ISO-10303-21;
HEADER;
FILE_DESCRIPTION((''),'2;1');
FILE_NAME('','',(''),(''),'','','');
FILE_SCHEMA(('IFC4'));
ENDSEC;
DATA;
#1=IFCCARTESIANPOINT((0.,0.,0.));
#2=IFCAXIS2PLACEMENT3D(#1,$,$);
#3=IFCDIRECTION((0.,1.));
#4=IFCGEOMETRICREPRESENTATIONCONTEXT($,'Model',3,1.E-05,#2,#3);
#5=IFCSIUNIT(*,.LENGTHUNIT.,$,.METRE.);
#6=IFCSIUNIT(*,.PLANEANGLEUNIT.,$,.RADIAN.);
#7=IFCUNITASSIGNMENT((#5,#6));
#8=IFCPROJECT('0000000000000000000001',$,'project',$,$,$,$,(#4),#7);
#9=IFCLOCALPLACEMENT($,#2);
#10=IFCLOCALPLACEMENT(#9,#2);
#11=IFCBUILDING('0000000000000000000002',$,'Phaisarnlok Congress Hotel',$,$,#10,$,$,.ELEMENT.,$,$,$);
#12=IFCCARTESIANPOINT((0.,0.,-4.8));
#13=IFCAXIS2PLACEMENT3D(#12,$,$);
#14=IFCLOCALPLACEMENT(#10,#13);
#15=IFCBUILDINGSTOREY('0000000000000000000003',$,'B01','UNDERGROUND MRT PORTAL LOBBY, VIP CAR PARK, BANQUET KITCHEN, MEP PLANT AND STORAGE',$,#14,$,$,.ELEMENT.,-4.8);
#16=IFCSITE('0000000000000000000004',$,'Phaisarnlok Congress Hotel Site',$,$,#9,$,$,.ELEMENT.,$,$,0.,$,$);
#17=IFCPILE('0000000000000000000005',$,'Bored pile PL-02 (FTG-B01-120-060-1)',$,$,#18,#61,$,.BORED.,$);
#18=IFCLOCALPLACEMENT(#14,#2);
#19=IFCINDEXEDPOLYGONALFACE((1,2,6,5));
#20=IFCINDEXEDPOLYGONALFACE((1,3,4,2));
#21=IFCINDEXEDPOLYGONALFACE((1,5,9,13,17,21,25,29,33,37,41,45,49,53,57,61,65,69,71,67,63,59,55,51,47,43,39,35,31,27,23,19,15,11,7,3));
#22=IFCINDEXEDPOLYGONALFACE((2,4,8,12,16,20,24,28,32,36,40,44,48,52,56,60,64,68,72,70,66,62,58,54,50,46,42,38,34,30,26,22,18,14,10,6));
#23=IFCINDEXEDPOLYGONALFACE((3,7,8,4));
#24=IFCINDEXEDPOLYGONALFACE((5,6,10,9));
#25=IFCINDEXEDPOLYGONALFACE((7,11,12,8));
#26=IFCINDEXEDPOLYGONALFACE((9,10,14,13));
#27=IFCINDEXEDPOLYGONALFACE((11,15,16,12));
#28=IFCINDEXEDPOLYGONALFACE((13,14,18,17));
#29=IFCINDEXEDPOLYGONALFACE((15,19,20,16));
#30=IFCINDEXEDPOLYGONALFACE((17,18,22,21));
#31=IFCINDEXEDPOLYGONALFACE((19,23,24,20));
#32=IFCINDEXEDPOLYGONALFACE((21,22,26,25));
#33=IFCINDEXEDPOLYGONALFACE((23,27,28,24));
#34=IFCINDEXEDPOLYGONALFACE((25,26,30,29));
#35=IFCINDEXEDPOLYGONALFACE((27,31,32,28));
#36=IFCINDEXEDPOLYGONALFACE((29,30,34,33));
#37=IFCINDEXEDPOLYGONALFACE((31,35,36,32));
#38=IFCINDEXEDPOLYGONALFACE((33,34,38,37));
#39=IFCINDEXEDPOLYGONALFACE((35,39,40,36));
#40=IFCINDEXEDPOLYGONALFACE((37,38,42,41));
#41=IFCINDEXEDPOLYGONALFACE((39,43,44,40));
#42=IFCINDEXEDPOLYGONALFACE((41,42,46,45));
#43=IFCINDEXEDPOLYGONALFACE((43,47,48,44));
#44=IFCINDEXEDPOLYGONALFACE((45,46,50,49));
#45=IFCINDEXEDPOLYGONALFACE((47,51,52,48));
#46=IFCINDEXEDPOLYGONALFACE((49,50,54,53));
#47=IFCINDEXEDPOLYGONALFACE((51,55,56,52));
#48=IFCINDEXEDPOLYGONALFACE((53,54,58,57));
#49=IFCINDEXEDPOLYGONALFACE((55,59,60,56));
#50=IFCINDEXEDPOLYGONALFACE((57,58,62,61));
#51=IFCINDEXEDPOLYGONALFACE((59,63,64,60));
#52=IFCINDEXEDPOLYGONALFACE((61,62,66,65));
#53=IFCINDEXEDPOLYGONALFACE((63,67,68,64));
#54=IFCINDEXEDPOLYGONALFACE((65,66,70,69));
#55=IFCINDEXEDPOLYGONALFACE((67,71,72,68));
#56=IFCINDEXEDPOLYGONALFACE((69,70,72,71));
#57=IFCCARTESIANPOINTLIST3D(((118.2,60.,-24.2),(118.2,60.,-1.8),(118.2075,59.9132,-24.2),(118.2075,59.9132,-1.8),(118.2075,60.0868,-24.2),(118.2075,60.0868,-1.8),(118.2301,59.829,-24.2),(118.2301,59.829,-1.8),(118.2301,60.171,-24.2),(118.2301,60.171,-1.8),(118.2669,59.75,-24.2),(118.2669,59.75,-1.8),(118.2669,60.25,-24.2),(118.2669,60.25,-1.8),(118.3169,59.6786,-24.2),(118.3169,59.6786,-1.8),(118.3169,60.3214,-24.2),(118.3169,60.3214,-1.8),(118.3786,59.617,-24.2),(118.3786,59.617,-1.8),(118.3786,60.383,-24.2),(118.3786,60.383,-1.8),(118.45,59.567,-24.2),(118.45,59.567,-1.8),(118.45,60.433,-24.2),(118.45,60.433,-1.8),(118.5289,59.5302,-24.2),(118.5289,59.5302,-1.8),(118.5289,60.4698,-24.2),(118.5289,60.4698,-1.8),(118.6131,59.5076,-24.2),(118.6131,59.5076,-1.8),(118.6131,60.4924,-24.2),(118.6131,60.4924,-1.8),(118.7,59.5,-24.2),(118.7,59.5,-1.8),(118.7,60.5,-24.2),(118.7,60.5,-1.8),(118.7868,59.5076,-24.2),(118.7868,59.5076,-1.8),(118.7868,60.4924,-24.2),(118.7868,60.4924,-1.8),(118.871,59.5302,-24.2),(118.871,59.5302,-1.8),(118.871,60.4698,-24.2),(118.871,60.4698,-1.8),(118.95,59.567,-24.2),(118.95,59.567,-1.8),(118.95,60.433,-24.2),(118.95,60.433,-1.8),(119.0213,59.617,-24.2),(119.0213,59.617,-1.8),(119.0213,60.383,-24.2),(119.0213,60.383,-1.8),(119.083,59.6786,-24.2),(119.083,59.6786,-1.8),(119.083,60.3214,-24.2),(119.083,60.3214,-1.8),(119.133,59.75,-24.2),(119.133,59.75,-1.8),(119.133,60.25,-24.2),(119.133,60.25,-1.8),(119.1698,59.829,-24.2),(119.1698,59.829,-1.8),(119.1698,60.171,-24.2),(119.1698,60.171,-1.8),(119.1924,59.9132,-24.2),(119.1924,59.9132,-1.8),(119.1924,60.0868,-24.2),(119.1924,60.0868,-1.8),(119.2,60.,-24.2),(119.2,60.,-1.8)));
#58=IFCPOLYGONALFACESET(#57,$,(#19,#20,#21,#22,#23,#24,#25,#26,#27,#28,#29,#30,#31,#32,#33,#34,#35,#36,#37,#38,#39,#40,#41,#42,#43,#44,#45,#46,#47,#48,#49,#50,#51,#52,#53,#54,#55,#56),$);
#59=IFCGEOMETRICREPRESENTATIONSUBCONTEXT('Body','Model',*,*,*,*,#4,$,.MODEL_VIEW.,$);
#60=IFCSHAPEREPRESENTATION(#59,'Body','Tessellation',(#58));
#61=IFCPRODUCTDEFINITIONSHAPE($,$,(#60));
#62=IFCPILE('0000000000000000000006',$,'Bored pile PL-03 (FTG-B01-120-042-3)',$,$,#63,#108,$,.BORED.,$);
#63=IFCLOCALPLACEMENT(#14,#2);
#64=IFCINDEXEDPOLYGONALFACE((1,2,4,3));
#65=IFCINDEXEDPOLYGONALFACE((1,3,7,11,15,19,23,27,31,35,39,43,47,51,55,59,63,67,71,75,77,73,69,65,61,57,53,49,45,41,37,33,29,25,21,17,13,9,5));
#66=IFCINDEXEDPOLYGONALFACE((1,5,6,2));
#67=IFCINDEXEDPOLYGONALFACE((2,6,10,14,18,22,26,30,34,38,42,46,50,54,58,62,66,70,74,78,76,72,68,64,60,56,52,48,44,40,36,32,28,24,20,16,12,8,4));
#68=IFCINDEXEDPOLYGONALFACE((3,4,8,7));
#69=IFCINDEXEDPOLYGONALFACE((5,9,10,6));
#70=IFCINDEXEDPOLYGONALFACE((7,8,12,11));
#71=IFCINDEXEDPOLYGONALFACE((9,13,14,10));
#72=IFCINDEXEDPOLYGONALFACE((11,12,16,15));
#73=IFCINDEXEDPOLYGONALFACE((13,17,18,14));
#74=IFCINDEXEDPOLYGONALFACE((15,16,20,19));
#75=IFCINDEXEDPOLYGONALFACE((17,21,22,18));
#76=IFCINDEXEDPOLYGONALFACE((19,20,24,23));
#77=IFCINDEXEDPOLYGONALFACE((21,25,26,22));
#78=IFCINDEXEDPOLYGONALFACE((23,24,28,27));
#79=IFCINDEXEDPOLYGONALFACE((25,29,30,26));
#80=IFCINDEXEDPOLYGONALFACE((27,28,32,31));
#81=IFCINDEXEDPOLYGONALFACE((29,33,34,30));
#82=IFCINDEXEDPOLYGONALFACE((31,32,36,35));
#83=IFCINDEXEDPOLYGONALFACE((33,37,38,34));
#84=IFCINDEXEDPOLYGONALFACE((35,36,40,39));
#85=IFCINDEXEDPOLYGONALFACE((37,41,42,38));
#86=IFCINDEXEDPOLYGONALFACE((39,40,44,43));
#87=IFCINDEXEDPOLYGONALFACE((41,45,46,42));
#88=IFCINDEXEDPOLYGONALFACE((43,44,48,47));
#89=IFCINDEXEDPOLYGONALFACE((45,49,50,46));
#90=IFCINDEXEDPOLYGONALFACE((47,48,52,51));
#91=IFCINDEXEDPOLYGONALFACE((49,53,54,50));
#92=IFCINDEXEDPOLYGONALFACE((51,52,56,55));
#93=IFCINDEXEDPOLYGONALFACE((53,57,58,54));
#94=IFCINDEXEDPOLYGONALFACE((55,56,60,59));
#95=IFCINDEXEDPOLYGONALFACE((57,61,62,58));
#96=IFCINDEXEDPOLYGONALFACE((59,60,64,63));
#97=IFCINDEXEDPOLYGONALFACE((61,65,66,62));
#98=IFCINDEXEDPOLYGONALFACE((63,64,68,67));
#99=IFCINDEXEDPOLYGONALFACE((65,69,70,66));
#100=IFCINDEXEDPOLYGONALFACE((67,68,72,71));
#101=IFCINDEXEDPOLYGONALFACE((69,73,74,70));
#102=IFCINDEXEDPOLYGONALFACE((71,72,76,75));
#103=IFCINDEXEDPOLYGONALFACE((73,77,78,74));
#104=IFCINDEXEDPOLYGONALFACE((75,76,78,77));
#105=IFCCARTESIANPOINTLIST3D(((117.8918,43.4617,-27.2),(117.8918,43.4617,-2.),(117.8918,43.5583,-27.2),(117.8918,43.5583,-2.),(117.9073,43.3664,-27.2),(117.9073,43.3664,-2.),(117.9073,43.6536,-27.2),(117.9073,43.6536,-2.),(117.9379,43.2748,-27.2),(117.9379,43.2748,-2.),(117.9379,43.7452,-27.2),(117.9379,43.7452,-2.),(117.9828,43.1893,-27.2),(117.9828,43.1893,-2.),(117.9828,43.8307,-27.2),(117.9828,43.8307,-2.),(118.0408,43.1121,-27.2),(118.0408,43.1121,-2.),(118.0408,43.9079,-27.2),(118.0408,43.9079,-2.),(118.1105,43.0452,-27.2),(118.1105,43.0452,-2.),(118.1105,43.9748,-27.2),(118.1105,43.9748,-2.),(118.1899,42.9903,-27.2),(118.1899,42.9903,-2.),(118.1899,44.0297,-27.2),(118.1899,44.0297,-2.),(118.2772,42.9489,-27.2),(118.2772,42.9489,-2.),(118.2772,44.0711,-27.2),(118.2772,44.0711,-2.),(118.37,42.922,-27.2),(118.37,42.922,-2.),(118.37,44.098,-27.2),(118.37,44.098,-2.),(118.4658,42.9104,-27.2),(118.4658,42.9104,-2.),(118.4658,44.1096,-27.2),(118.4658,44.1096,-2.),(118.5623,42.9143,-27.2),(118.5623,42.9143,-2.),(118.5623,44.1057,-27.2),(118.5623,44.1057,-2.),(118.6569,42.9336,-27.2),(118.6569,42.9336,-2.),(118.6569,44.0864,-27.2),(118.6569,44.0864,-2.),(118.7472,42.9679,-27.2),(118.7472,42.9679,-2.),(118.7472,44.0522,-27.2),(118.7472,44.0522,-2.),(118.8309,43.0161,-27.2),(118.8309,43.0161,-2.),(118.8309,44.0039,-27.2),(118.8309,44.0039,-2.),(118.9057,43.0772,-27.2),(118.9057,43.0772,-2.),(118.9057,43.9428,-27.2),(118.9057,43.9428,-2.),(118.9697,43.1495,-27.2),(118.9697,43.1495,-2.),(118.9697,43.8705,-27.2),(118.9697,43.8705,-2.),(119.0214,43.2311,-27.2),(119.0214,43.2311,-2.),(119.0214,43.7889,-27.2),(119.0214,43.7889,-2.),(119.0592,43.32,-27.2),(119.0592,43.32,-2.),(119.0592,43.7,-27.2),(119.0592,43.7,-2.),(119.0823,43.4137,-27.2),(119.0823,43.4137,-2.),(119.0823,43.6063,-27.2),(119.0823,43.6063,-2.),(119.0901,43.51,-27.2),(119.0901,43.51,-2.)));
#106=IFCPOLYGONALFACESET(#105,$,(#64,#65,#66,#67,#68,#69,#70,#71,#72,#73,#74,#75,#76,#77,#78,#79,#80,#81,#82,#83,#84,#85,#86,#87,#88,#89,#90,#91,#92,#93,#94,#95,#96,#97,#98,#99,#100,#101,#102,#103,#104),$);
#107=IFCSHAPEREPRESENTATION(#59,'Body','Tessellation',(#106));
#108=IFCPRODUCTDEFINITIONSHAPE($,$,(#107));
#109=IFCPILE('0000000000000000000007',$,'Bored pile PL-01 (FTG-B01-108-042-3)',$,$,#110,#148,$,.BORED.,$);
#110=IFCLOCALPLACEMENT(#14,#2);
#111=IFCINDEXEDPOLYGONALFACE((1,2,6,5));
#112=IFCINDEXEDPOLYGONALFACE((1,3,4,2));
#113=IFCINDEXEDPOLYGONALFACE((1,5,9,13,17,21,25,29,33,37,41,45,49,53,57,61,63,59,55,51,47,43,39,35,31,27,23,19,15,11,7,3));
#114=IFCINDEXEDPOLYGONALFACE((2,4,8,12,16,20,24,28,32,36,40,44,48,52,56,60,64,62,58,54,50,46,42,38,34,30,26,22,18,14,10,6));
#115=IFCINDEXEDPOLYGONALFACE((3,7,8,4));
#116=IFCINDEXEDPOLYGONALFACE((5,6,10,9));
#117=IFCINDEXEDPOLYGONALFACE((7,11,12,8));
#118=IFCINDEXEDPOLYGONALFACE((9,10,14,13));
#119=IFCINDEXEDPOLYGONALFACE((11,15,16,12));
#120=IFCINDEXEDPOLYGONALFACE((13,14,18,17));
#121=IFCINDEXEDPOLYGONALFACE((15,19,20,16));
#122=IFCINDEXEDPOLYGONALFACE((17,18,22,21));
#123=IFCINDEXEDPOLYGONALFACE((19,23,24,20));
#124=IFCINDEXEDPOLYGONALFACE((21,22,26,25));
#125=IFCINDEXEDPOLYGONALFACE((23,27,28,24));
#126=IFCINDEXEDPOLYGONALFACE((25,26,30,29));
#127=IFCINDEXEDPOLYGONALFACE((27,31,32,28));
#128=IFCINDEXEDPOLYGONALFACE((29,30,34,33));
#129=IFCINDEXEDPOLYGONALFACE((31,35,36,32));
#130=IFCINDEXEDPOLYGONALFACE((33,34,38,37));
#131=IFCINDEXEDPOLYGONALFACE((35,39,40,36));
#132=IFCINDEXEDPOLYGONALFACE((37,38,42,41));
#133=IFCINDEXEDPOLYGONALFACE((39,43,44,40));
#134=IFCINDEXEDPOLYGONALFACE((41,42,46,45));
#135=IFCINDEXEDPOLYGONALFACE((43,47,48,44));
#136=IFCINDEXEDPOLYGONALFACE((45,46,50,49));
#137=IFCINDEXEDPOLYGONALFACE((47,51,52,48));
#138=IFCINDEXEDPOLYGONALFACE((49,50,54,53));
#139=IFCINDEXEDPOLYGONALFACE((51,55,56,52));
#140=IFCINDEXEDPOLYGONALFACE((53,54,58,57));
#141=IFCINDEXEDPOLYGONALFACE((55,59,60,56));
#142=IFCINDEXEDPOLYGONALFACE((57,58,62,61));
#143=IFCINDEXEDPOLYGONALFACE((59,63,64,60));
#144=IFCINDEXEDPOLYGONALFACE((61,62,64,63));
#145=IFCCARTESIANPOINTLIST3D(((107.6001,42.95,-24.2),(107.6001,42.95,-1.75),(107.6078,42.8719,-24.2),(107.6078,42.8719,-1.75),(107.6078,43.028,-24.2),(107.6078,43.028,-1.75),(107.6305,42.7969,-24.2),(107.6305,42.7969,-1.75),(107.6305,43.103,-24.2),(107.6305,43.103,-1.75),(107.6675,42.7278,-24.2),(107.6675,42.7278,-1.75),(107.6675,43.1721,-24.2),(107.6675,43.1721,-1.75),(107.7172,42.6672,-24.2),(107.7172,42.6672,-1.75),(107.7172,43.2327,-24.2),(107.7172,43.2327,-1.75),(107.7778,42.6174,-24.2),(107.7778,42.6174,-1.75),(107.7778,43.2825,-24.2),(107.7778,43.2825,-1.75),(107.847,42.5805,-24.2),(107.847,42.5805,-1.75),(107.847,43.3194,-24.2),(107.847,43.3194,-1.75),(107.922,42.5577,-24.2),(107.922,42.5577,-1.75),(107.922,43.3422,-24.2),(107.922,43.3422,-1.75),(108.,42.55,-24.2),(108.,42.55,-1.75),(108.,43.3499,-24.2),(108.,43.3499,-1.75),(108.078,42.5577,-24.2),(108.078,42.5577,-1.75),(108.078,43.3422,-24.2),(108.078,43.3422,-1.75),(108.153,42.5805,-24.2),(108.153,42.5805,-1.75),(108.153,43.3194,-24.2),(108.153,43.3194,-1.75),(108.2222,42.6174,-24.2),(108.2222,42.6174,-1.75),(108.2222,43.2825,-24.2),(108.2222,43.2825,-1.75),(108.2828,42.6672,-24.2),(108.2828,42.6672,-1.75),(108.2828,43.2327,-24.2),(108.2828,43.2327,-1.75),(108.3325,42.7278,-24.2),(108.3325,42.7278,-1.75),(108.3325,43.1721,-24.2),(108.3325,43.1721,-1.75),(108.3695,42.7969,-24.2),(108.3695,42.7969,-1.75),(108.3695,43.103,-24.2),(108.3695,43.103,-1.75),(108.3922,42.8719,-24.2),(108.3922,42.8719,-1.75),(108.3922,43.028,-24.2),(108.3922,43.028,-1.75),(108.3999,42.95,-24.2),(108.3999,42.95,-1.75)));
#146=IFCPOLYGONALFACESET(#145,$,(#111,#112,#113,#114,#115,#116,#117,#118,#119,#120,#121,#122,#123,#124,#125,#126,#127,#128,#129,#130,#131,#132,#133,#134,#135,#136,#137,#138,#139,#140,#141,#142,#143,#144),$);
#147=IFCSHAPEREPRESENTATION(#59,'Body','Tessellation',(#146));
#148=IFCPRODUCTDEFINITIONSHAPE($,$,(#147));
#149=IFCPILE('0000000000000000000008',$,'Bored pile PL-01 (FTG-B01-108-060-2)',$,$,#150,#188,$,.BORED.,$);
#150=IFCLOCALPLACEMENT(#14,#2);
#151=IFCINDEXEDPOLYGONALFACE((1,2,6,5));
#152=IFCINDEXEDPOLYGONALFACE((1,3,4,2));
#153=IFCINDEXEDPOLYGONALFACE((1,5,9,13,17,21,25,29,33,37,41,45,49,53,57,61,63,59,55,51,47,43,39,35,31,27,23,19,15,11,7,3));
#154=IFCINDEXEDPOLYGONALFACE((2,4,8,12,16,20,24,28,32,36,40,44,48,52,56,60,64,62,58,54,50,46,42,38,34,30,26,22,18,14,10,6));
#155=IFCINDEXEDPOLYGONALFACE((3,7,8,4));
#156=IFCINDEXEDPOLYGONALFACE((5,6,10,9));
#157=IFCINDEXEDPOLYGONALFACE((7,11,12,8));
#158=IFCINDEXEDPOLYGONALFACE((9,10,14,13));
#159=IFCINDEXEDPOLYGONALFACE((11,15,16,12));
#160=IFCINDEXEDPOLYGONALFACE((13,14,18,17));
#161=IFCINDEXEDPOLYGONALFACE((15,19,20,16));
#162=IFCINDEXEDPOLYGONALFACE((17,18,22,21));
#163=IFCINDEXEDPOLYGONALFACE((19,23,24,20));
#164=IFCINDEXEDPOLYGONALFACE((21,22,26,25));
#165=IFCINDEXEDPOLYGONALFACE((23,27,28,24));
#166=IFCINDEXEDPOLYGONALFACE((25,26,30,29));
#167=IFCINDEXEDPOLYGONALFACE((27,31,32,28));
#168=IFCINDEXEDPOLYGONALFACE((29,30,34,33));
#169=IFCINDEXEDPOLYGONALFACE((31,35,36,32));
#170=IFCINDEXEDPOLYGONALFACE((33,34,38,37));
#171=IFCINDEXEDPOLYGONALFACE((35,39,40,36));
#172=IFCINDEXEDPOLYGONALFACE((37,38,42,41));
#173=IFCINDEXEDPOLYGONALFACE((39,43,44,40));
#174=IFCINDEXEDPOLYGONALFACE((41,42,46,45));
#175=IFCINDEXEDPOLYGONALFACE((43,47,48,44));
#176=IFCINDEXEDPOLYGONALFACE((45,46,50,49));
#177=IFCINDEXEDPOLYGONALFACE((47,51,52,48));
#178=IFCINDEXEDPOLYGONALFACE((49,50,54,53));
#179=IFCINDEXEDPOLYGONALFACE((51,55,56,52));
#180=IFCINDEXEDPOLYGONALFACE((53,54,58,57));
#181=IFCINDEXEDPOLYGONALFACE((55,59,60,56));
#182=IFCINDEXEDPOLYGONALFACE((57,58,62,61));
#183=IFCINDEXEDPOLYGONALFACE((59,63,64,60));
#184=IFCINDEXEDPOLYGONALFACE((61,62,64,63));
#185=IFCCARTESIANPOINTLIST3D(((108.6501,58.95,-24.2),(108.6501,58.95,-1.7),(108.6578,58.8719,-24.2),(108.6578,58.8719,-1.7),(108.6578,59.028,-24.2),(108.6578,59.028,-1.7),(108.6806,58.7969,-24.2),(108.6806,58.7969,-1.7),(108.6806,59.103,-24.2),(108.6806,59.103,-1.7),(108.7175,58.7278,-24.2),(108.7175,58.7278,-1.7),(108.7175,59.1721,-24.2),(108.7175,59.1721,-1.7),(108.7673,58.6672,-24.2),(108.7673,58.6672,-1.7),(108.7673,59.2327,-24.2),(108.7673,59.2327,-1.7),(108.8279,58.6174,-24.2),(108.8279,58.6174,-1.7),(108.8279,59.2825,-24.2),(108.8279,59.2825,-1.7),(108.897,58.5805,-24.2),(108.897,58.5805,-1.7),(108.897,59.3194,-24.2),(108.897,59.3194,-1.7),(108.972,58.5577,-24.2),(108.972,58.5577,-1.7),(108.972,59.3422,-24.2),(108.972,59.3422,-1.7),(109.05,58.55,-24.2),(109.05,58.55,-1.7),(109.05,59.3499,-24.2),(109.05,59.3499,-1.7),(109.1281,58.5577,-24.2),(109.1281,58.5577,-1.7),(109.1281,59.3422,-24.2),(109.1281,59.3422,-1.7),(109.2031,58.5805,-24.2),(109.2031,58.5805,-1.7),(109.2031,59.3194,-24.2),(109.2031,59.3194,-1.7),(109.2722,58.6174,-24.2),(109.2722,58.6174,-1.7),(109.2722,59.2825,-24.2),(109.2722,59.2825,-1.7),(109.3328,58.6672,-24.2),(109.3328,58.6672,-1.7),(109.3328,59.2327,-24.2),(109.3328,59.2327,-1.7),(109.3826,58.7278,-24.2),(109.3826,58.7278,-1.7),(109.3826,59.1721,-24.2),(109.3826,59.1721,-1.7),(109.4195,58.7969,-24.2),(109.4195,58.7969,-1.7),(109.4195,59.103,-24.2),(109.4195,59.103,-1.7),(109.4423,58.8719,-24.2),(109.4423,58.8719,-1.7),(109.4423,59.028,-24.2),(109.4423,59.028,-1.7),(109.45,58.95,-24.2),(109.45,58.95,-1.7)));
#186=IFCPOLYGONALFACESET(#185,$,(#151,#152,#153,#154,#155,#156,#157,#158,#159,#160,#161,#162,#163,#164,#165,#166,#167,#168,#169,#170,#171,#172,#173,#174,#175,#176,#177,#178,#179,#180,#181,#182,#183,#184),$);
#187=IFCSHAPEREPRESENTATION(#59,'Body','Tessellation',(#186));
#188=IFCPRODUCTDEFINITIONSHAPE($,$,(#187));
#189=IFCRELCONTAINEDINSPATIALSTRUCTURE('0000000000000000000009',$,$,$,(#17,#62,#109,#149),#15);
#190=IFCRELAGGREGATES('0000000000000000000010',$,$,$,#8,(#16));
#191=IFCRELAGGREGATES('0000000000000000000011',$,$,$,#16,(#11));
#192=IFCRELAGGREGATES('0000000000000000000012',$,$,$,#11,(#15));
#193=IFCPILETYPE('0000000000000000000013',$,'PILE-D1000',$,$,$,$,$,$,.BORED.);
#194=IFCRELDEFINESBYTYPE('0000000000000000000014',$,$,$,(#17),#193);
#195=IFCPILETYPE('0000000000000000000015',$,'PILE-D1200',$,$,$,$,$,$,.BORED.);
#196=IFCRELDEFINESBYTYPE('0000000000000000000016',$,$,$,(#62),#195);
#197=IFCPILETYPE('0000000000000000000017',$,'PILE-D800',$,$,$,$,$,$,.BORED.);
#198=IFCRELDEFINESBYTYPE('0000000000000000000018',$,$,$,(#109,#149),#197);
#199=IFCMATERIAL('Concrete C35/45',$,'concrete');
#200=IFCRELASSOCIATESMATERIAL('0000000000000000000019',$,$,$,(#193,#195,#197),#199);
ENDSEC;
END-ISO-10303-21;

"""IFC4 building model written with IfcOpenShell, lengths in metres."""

from ifc_helpers import new_model, si_unit, direction, frame, origin, origin_2d, place, context, subcontext, project, spatial, circle, extrude, material, material_profile, profile_set, type_object, element, save


model = new_model("IFC4")

# Units and contexts
model_context = context("Model", 3, precision=1e-05, world=origin(), true_north=direction((0.0, 1.0)))
body_context = subcontext(model_context, "Body", "Model", "MODEL_VIEW")
ifc_project = project(units=[si_unit("LENGTHUNIT", "METRE"), si_unit("PLANEANGLEUNIT", "RADIAN")], contexts=[model_context])

# Site, building, storey
site_placement = place(None, origin())
site = spatial("IfcSite", under=ifc_project, at=site_placement, Name="Phaisarnlok Congress Hotel Site", CompositionType="ELEMENT", RefElevation=0.0)
building_placement = place(site_placement, origin())
building = spatial("IfcBuilding", under=site, at=building_placement, Name="Phaisarnlok Congress Hotel", CompositionType="ELEMENT")
storey_placement = place(building_placement, frame((0.0, 0.0, -4.8)))
storey = spatial("IfcBuildingStorey", under=building, at=storey_placement, Name="B01", Description="UNDERGROUND MRT PORTAL LOBBY, VIP CAR PARK, BANQUET KITCHEN, MEP PLANT AND STORAGE", CompositionType="ELEMENT", Elevation=-4.8)

# Piles
ifc_material_1 = material(Name="Concrete C35/45", Category="concrete")
ifc_material_profile_1 = material_profile(ifc_material_1, circle(Radius=0.5, at=origin_2d()), Name="BORED PILE D1000")
ifc_profile_set_1 = profile_set([ifc_material_profile_1], Name="Concrete C35/45")
pile_type_1 = type_object("IfcPileType", Name="PILE-D1000", PredefinedType="BORED", material=ifc_profile_set_1)
pile_1_placement = place(storey_placement, frame((118.7, 60.0, -1.8), z_axis=(0.0, 0.0, -1.0), x_axis=(1.0, 0.0, 0.0)))
element("IfcPile", 1, at=pile_1_placement, inside=storey, type_object=pile_type_1, Name="Bored pile PL-02 (FTG-B01-120-060-1)", PredefinedType="BORED", context=body_context, shape_type="SweptSolid", body=[
    extrude(circle(Radius=0.5, at=origin_2d()), origin(), (0.0, 0.0, 1.0), 22.3999),
])
ifc_material_profile_2 = material_profile(ifc_material_1, circle(Radius=0.6001, at=origin_2d()), Name="BORED PILE D1200")
ifc_profile_set_2 = profile_set([ifc_material_profile_2], Name="Concrete C35/45")
pile_type_2 = type_object("IfcPileType", Name="PILE-D1200", PredefinedType="BORED", material=ifc_profile_set_2)
pile_2_placement = place(storey_placement, frame((118.49, 43.51, -2.0), z_axis=(0.0, 0.0, -1.0), x_axis=(1.0, 0.0, 0.0)))
element("IfcPile", 2, at=pile_2_placement, inside=storey, type_object=pile_type_2, Name="Bored pile PL-03 (FTG-B01-120-042-3)", PredefinedType="BORED", context=body_context, shape_type="SweptSolid", body=[
    extrude(circle(Radius=0.6001, at=origin_2d()), origin(), (0.0, 0.0, 1.0), 25.2),
])
ifc_material_profile_3 = material_profile(ifc_material_1, circle(Radius=0.3999, at=origin_2d()), Name="BORED PILE D800")
ifc_profile_set_3 = profile_set([ifc_material_profile_3], Name="Concrete C35/45")
pile_type_3 = type_object("IfcPileType", Name="PILE-D800", PredefinedType="BORED", material=ifc_profile_set_3)
pile_3_placement = place(storey_placement, frame((108.0, 42.95, -1.75), z_axis=(0.0, 0.0, -1.0), x_axis=(1.0, 0.0, 0.0)))
element("IfcPile", 3, at=pile_3_placement, inside=storey, type_object=pile_type_3, Name="Bored pile PL-01 (FTG-B01-108-042-3)", PredefinedType="BORED", context=body_context, shape_type="SweptSolid", body=[
    extrude(circle(Radius=0.3999, at=origin_2d()), origin(), (0.0, 0.0, 1.0), 22.45),
])
for number, where, z_axis, x_axis, name in (
    (4, (109.05, 58.95, -1.7), (0.0, 0.0, -1.0), (1.0, 0.0, 0.0), "Bored pile PL-01 (FTG-B01-108-060-2)"),
):
    element("IfcPile", number, at=place(storey_placement, frame(where, z_axis=z_axis, x_axis=x_axis)), inside=storey, type_object=pile_type_3, Name=name, PredefinedType="BORED", context=body_context, shape_type="SweptSolid", body=[
        extrude(circle(Radius=0.3999, at=origin_2d()), origin(), (0.0, 0.0, 1.0), 22.5),
    ])

save(model, "model.ifc")
